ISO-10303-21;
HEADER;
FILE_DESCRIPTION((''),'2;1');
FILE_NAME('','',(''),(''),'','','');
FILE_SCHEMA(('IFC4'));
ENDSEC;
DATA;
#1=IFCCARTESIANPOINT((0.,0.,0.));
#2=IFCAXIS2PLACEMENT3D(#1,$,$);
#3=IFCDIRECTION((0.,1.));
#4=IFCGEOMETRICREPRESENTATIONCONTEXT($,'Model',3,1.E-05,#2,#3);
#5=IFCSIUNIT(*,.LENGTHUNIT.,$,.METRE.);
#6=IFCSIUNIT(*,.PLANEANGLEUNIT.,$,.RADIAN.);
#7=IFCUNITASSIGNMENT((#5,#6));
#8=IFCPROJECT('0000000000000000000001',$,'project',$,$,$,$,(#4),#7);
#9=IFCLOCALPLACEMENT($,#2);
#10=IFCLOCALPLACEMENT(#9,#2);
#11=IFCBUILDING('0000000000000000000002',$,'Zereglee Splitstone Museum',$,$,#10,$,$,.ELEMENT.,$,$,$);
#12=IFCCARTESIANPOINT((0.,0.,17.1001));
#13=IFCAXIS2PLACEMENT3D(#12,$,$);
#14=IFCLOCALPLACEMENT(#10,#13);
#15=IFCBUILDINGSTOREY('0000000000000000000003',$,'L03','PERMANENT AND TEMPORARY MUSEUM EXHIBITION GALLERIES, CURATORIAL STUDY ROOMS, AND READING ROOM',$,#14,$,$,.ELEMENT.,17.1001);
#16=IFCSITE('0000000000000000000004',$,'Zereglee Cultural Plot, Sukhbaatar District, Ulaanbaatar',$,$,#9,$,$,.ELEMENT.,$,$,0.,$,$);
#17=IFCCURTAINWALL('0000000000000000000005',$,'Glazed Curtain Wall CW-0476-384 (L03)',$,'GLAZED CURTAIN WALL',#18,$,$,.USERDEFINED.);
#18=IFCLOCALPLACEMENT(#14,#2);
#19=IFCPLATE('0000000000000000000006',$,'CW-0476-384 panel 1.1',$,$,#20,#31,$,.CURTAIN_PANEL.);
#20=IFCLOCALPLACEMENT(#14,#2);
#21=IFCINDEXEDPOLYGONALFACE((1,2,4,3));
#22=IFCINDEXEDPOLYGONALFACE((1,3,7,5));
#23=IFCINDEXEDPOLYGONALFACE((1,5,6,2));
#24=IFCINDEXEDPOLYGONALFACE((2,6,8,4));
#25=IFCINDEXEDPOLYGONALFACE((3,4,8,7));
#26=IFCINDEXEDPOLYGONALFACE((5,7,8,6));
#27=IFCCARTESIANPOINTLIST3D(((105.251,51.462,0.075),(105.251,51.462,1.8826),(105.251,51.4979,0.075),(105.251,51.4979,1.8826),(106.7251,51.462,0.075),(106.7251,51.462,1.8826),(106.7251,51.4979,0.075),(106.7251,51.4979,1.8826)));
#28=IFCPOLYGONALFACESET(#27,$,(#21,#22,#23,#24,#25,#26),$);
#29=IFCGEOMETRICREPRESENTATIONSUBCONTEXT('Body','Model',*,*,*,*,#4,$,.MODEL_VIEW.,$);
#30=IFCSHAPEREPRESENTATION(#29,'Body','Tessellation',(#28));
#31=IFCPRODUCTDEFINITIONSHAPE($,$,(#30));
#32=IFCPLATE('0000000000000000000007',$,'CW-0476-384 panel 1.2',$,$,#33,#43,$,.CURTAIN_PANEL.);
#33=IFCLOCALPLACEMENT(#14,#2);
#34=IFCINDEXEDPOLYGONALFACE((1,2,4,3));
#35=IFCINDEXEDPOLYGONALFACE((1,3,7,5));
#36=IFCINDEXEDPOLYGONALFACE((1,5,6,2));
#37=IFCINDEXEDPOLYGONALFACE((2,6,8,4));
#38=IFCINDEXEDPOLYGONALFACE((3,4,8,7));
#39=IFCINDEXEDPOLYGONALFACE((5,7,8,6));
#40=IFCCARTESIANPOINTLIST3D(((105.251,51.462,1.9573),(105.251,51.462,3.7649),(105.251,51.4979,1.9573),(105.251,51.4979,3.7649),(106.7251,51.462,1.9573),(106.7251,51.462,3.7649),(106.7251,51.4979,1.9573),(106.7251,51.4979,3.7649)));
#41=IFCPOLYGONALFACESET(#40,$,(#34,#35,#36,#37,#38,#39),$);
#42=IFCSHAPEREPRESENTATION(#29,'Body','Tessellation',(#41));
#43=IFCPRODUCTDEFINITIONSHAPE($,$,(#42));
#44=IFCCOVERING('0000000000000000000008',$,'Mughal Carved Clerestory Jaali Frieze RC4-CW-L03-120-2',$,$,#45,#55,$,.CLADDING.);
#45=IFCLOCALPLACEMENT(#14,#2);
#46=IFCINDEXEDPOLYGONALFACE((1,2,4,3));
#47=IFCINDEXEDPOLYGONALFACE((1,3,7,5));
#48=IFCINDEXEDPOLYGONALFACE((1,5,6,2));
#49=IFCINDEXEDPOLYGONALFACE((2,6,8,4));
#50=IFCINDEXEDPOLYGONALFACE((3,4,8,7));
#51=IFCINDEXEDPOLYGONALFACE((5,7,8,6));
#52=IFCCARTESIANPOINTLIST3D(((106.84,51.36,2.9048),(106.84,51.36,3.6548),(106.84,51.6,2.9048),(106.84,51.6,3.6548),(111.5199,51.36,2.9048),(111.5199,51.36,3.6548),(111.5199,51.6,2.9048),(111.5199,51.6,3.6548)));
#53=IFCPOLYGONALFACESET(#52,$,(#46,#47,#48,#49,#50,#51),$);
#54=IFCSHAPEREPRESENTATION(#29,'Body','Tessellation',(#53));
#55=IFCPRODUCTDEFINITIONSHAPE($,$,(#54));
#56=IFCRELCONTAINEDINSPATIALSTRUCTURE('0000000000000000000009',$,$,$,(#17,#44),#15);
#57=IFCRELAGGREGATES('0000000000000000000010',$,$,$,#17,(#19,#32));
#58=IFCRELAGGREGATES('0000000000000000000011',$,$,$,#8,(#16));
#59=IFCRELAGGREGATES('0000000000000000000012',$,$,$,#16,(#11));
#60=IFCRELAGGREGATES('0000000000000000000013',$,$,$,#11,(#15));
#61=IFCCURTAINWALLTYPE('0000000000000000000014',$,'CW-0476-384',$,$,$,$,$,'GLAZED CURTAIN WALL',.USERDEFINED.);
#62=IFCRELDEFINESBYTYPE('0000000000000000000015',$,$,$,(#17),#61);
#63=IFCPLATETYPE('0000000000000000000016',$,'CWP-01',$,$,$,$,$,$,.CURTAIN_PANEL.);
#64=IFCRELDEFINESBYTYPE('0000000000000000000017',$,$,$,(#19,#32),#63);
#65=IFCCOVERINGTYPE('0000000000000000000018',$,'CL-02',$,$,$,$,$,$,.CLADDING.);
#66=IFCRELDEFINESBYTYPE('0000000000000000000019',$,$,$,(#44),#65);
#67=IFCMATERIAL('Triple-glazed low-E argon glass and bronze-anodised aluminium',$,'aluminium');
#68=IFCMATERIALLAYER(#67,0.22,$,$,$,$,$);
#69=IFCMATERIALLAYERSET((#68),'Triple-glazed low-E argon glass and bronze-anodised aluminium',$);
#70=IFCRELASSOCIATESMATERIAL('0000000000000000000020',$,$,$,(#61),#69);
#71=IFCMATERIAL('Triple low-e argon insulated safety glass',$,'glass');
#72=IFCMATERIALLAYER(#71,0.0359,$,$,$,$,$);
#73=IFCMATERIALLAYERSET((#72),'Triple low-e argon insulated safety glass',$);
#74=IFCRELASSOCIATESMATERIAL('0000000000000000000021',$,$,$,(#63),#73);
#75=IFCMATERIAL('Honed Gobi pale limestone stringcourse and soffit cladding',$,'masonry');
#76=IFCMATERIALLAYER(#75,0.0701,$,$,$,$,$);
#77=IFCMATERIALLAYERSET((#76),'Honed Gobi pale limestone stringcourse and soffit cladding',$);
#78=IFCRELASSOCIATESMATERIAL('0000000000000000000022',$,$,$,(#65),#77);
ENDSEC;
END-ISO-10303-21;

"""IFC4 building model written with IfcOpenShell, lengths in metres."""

from ifc_helpers import new_model, si_unit, direction, frame, origin, origin_2d, place, context, subcontext, project, spatial, rectangle, extrude, material, layer, layer_set, type_object, element, aggregate, save


model = new_model("IFC4")

# Units and contexts
model_context = context("Model", 3, precision=1e-05, world=origin(), true_north=direction((0.0, 1.0)))
body_context = subcontext(model_context, "Body", "Model", "MODEL_VIEW")
ifc_project = project(units=[si_unit("LENGTHUNIT", "METRE"), si_unit("PLANEANGLEUNIT", "RADIAN")], contexts=[model_context])

# Site, building, storey
site_placement = place(None, origin())
site = spatial("IfcSite", under=ifc_project, at=site_placement, Name="Zereglee Cultural Plot, Sukhbaatar District, Ulaanbaatar", CompositionType="ELEMENT", RefElevation=0.0)
building_placement = place(site_placement, origin())
building = spatial("IfcBuilding", under=site, at=building_placement, Name="Zereglee Splitstone Museum", CompositionType="ELEMENT")
storey_placement = place(building_placement, frame((0.0, 0.0, 17.1001)))
storey = spatial("IfcBuildingStorey", under=building, at=storey_placement, Name="L03", Description="PERMANENT AND TEMPORARY MUSEUM EXHIBITION GALLERIES, CURATORIAL STUDY ROOMS, AND READING ROOM", CompositionType="ELEMENT", Elevation=17.1001)

# Shared definitions
ifc_material_1 = material(Name="Triple-glazed low-E argon glass and bronze-anodised aluminium", Category="aluminium")

# Curtain wall
ifc_layer_1 = layer(ifc_material_1, 0.22)
ifc_layer_set_1 = layer_set([ifc_layer_1], Name="Triple-glazed low-E argon glass and bronze-anodised aluminium")
curtain_wall_type_1 = type_object("IfcCurtainWallType", Name="CW-0476-384", ElementType="GLAZED CURTAIN WALL", PredefinedType="USERDEFINED", material=ifc_layer_set_1)
curtain_wall_1_placement = place(storey_placement, origin())
curtain_wall_1 = element("IfcCurtainWall", 1, at=curtain_wall_1_placement, inside=storey, type_object=curtain_wall_type_1, Name="Glazed Curtain Wall CW-0476-384 (L03)", ObjectType="GLAZED CURTAIN WALL", PredefinedType="USERDEFINED")

# Plates
ifc_material_2 = material(Name="Triple low-e argon insulated safety glass", Category="glass")
ifc_layer_2 = layer(ifc_material_2, 0.0359)
ifc_layer_set_2 = layer_set([ifc_layer_2], Name="Triple low-e argon insulated safety glass")
plate_type = type_object("IfcPlateType", Name="CWP-01", PredefinedType="CURTAIN_PANEL", material=ifc_layer_set_2)
plate_1_placement = place(storey_placement, frame((105.988, 51.48, 0.075), z_axis=(0.0, 0.0, 1.0), x_axis=(-1.0, 0.0, 0.0)))
plate_1 = element("IfcPlate", 2, at=plate_1_placement, type_object=plate_type, Name="CW-0476-384 panel 1.1", PredefinedType="CURTAIN_PANEL", context=body_context, shape_type="SweptSolid", body=[
    extrude(rectangle(XDim=1.4741, YDim=0.0359, at=origin_2d()), origin(), (0.0, 0.0, 1.0), 1.8076),
])
plate_2_placement = place(storey_placement, frame((105.988, 51.48, 1.9573), z_axis=(0.0, 0.0, 1.0), x_axis=(-1.0, 0.0, 0.0)))
plate_2 = element("IfcPlate", 3, at=plate_2_placement, type_object=plate_type, Name="CW-0476-384 panel 1.2", PredefinedType="CURTAIN_PANEL", context=body_context, shape_type="SweptSolid", body=[
    extrude(rectangle(XDim=1.4741, YDim=0.0359, at=origin_2d()), origin(), (0.0, 0.0, 1.0), 1.8076),
])
aggregate(curtain_wall_1, [plate_1, plate_2])

# Covering
ifc_material_3 = material(Name="Honed Gobi pale limestone stringcourse and soffit cladding", Category="masonry")
ifc_layer_3 = layer(ifc_material_3, 0.0701)
ifc_layer_set_3 = layer_set([ifc_layer_3], Name="Honed Gobi pale limestone stringcourse and soffit cladding")
covering_type = type_object("IfcCoveringType", Name="CL-02", PredefinedType="CLADDING", material=ifc_layer_set_3)
covering_placement = place(storey_placement, frame((109.1799, 51.48, 2.9048), z_axis=(0.0, 0.0, 1.0), x_axis=(-1.0, 0.0, 0.0)))
element("IfcCovering", 4, at=covering_placement, inside=storey, type_object=covering_type, Name="Mughal Carved Clerestory Jaali Frieze RC4-CW-L03-120-2", PredefinedType="CLADDING", context=body_context, shape_type="SweptSolid", body=[
    extrude(rectangle(XDim=4.6799, YDim=0.24, at=origin_2d()), origin(), (0.0, 0.0, 1.0), 0.75),
])

save(model, "model.ifc")
